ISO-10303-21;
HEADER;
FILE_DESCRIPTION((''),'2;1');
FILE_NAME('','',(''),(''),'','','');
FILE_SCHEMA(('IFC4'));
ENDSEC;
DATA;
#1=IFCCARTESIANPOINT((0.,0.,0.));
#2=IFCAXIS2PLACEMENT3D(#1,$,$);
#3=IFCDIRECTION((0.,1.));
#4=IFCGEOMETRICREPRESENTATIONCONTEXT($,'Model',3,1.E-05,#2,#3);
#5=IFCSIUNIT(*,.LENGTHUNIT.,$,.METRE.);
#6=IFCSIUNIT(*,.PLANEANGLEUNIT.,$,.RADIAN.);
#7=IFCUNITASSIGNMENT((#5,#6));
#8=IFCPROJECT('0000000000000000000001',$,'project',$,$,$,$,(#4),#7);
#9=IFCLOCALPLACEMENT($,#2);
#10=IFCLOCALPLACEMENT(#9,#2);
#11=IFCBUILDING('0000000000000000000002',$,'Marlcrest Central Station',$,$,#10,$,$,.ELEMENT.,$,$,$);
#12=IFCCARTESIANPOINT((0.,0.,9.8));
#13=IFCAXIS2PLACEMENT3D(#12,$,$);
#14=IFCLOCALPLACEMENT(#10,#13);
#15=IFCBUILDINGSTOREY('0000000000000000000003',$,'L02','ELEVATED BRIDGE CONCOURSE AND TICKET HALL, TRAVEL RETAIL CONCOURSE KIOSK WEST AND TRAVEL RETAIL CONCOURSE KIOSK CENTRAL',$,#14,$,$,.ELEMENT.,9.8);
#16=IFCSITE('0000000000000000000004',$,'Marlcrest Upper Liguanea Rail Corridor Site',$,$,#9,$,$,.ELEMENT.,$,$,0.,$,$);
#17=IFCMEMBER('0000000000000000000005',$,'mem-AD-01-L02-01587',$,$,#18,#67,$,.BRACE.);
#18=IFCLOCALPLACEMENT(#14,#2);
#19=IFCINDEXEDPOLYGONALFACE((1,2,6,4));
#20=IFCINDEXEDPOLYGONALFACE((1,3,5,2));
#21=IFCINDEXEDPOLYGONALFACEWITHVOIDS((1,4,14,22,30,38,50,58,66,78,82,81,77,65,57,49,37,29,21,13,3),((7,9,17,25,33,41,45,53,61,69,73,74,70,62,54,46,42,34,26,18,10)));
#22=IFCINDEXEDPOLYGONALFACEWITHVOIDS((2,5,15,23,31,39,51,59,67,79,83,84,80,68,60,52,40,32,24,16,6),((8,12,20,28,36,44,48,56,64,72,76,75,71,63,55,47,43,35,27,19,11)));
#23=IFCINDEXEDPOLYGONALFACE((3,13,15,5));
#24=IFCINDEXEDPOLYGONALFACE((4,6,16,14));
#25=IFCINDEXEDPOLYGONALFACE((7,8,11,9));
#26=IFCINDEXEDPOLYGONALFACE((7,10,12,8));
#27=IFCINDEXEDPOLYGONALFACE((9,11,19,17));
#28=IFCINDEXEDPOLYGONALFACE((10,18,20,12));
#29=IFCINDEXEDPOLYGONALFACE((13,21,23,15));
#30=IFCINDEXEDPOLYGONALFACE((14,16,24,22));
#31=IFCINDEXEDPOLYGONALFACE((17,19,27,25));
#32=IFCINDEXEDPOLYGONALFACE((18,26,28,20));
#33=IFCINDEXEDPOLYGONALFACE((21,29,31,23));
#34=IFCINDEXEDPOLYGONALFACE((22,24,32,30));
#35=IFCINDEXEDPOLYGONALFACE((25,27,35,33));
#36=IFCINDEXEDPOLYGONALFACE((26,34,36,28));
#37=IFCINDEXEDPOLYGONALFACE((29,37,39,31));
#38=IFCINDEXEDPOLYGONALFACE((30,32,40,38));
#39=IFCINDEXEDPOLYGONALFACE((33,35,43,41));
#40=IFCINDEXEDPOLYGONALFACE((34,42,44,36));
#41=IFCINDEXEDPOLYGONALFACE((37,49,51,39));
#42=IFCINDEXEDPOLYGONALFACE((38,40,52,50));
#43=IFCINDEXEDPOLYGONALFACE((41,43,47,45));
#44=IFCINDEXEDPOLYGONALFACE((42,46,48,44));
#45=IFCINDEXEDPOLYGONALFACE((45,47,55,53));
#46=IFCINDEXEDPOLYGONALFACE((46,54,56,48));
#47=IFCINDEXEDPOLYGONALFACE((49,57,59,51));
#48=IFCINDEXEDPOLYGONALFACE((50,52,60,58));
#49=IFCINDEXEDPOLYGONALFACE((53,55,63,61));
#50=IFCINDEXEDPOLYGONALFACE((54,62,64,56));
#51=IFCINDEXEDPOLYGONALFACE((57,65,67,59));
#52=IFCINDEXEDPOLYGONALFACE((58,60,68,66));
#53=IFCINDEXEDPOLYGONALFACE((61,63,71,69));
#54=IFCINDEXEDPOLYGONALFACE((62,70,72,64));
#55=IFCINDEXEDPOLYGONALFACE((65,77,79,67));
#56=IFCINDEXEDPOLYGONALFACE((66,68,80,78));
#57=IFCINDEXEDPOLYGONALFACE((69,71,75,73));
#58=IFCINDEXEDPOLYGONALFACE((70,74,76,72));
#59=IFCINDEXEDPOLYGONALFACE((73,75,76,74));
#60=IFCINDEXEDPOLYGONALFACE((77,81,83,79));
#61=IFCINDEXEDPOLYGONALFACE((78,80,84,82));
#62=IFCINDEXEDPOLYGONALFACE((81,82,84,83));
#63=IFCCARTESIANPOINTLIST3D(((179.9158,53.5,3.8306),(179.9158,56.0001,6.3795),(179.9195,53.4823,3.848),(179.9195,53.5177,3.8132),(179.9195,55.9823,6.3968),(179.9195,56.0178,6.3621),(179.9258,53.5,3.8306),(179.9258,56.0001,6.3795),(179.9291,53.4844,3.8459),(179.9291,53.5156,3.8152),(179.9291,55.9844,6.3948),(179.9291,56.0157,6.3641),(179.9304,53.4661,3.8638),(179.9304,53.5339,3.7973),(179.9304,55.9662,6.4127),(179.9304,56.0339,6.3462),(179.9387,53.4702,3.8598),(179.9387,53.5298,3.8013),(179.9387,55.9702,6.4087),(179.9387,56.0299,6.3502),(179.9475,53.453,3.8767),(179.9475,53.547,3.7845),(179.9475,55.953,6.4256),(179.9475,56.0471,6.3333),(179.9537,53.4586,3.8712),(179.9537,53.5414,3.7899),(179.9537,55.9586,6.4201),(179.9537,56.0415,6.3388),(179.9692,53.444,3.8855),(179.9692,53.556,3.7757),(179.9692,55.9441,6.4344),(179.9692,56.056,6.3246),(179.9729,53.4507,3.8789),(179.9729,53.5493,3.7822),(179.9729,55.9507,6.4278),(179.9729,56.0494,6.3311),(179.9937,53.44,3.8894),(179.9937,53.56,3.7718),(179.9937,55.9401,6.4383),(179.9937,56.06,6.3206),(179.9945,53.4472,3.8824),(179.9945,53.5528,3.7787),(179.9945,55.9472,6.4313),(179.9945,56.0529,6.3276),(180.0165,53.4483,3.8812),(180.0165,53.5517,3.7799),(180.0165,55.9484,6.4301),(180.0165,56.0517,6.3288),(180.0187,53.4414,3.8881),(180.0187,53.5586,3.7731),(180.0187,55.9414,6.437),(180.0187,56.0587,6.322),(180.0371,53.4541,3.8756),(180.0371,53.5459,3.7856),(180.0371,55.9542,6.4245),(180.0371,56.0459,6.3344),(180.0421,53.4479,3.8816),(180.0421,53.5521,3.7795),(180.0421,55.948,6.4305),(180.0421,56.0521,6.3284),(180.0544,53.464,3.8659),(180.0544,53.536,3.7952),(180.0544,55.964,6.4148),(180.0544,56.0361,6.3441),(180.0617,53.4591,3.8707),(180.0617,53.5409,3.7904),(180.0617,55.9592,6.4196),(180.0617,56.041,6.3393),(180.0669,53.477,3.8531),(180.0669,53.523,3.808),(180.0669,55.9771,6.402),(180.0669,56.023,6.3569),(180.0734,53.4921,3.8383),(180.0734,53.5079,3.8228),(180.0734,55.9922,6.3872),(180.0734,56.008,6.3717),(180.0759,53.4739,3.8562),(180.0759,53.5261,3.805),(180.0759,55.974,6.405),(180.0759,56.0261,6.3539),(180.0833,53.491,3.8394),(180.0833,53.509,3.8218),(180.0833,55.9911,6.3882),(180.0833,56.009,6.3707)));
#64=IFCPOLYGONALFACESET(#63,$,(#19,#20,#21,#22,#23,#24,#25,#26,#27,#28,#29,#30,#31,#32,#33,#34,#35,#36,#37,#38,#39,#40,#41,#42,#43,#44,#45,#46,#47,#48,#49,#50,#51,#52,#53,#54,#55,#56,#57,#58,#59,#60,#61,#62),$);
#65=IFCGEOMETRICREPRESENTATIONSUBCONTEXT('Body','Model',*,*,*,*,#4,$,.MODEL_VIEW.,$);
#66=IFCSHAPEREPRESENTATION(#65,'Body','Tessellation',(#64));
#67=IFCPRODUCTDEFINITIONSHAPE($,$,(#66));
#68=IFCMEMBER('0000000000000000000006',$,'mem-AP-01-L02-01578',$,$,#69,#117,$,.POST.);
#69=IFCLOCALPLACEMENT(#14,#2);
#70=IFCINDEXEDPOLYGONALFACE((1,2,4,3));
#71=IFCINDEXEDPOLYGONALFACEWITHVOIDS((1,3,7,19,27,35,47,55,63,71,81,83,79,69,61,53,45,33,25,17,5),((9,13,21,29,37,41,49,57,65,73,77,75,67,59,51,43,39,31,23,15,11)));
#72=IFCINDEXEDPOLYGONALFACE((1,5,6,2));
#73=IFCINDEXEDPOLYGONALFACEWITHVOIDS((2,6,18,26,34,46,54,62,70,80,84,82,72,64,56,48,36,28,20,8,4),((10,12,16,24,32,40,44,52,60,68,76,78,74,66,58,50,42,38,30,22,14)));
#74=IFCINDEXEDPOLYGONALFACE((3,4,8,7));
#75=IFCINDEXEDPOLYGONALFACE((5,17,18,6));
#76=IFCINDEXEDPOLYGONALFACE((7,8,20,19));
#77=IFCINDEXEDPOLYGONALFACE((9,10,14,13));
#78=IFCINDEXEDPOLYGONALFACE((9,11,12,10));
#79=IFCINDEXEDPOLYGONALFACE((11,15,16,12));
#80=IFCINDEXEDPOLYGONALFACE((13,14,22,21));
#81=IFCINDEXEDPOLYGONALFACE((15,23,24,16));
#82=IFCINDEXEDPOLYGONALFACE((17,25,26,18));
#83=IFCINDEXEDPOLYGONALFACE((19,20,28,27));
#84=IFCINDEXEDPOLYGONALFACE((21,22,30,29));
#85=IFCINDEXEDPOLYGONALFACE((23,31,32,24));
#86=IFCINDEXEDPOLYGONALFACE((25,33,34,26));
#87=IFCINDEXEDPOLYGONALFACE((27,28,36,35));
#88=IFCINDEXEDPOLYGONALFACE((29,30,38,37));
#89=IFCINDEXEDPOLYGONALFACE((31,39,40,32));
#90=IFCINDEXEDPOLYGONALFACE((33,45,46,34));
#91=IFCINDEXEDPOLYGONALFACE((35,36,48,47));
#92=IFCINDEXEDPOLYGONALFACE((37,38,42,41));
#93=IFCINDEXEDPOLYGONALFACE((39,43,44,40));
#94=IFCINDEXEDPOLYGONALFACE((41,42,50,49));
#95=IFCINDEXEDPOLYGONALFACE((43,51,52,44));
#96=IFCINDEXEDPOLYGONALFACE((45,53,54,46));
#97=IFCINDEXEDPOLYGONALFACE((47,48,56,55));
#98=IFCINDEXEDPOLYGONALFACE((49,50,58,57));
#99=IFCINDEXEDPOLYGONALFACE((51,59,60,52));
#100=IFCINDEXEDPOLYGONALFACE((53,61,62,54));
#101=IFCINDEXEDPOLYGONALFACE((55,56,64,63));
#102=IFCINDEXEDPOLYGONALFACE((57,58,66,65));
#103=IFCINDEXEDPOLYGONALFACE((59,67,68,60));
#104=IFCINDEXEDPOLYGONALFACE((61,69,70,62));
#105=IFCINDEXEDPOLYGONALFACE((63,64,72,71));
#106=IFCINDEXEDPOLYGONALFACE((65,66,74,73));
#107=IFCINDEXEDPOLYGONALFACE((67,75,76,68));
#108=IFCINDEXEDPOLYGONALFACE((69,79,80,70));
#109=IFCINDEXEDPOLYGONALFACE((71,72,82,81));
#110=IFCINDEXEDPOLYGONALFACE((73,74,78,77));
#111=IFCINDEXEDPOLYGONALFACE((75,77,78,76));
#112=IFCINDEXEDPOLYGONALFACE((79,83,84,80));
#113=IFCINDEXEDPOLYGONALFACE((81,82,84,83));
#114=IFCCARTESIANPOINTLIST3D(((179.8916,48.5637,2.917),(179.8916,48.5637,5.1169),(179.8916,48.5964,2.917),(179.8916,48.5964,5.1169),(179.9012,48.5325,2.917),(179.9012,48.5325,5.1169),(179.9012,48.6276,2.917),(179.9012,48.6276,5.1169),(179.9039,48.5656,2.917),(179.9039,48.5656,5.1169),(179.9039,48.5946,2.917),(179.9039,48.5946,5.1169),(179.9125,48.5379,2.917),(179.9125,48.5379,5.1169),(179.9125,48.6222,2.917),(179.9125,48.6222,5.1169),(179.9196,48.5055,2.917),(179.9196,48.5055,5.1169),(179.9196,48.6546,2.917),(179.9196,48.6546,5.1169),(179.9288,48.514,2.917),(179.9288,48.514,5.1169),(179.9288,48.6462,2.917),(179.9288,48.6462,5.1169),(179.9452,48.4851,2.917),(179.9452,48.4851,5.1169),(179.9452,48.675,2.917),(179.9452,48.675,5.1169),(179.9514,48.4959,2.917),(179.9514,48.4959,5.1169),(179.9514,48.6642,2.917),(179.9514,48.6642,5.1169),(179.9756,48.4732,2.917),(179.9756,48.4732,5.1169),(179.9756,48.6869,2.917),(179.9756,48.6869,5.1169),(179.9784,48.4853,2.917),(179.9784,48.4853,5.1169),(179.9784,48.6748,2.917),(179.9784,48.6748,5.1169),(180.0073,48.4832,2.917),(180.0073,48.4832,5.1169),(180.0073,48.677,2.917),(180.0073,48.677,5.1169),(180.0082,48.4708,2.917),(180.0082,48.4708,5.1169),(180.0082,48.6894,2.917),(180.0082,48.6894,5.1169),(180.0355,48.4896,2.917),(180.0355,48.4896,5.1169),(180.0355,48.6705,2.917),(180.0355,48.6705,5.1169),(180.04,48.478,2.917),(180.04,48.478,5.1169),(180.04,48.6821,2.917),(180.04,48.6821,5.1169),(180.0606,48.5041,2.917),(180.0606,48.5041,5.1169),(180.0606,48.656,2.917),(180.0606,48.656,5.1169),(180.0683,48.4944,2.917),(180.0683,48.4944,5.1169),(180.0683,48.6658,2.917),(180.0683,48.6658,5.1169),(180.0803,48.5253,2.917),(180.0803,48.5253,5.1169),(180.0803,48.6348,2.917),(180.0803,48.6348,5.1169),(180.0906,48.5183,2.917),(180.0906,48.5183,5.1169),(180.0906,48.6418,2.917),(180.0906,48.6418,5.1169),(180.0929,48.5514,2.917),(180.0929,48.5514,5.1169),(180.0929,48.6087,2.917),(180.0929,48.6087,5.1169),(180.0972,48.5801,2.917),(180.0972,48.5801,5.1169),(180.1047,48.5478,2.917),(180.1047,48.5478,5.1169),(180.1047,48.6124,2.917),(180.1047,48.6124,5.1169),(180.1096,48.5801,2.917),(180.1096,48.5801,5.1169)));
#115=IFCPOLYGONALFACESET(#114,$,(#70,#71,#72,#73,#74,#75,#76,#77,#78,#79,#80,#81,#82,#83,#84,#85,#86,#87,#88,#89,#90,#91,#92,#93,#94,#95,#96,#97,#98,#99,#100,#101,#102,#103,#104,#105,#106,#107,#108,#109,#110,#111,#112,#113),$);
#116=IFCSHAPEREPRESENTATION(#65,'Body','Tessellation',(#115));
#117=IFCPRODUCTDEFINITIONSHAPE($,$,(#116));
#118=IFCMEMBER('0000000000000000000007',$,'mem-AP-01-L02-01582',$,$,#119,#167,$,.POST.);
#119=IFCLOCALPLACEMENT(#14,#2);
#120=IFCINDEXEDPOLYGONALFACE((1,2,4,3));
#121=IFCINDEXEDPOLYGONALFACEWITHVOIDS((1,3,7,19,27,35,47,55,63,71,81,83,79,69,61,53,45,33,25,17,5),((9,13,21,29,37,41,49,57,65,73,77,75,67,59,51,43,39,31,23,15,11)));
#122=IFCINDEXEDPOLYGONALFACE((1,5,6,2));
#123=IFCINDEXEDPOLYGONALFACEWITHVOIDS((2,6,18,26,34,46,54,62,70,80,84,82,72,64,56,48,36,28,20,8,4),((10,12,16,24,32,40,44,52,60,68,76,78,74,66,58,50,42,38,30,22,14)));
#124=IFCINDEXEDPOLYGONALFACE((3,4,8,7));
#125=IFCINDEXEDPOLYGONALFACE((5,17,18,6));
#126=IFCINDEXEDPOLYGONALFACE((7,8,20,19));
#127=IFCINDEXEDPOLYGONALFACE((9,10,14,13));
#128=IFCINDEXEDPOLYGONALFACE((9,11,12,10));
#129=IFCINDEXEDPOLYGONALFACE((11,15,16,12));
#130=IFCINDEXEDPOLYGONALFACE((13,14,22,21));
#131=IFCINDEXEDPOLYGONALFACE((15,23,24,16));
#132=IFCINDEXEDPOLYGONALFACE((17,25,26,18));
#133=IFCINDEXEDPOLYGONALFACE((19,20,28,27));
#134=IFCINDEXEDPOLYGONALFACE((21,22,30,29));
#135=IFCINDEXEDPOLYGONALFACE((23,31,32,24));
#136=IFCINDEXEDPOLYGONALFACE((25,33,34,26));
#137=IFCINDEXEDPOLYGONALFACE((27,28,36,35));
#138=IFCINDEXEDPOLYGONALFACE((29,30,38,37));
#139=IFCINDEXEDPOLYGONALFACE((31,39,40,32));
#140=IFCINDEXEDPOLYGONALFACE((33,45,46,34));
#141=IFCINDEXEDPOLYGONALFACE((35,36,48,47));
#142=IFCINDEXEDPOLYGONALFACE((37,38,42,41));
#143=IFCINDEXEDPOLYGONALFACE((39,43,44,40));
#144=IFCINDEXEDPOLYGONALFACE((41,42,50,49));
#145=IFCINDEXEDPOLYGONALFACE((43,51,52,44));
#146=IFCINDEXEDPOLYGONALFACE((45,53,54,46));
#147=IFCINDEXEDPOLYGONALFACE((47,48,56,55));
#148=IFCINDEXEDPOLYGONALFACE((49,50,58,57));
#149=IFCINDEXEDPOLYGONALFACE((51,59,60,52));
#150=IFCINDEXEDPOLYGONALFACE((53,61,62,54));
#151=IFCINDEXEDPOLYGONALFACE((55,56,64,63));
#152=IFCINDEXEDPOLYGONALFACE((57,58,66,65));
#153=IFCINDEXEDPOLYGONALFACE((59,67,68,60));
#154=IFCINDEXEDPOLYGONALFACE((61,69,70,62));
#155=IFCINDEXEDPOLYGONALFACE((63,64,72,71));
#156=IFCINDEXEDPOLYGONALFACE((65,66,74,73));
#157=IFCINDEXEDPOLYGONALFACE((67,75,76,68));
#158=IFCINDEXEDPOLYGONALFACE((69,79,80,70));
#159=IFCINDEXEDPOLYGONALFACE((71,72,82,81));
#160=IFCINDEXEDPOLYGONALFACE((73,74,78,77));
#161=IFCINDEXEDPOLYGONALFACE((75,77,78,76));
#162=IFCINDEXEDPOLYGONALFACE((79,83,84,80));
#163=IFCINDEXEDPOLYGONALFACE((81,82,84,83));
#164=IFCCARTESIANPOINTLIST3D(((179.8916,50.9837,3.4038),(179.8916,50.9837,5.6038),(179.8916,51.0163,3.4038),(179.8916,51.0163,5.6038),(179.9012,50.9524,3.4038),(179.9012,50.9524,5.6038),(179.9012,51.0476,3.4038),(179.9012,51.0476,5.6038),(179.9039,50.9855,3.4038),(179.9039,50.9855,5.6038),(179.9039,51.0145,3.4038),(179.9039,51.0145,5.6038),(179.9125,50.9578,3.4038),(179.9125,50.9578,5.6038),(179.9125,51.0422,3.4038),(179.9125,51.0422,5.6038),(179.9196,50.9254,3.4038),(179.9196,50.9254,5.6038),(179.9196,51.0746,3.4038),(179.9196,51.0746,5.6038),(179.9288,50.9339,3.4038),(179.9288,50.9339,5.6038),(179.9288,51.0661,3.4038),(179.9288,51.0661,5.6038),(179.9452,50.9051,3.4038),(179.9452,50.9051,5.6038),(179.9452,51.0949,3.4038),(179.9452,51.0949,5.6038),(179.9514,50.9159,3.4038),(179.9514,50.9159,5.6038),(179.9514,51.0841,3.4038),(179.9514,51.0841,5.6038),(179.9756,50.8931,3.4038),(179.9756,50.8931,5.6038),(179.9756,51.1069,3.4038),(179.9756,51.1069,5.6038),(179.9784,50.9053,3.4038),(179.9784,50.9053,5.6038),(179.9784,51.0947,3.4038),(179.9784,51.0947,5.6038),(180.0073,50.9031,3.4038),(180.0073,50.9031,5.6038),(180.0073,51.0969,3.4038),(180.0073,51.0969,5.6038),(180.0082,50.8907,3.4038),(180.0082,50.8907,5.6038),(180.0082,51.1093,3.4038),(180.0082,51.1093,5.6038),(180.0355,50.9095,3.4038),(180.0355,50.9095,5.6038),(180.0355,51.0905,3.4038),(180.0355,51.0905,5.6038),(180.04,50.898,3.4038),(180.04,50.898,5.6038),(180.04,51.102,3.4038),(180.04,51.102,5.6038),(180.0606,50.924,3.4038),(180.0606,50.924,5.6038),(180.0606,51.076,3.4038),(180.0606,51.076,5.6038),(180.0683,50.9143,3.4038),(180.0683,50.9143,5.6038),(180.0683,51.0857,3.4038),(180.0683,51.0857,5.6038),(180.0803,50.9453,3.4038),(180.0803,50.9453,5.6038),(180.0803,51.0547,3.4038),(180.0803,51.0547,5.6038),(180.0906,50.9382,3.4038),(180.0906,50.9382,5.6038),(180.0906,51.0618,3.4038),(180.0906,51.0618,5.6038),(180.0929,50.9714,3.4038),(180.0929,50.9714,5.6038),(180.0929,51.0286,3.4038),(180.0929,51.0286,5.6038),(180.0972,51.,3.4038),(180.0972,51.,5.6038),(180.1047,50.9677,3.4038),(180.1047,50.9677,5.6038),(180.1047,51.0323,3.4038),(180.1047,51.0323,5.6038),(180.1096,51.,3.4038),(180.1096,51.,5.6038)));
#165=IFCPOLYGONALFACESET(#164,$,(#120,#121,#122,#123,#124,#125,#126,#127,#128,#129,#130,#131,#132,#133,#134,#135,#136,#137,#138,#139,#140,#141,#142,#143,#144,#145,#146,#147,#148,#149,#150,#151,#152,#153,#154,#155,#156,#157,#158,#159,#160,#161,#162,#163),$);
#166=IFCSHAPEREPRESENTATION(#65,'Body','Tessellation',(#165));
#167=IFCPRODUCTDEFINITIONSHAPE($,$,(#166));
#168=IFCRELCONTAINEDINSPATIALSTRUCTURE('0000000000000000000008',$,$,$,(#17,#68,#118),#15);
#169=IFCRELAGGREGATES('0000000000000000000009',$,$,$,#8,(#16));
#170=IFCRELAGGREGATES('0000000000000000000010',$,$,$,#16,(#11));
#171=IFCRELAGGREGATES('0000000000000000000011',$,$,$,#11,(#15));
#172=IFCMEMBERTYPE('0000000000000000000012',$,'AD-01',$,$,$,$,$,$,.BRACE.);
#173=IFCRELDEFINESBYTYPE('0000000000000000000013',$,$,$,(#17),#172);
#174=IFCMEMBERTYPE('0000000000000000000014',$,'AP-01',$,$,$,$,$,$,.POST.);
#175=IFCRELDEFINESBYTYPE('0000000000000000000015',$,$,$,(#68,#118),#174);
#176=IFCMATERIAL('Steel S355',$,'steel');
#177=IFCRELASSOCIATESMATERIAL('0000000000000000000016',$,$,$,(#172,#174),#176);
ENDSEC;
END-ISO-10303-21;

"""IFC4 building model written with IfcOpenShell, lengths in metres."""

from ifc_helpers import new_model, si_unit, direction, frame, origin, origin_2d, place, context, subcontext, project, spatial, hollow_circle, extrude, material, material_profile, profile_set, type_object, element, save


model = new_model("IFC4")

# Units and contexts
model_context = context("Model", 3, precision=1e-05, world=origin(), true_north=direction((0.0, 1.0)))
body_context = subcontext(model_context, "Body", "Model", "MODEL_VIEW")
ifc_project = project(units=[si_unit("LENGTHUNIT", "METRE"), si_unit("PLANEANGLEUNIT", "RADIAN")], contexts=[model_context])

# Site, building, storey
site_placement = place(None, origin())
site = spatial("IfcSite", under=ifc_project, at=site_placement, Name="Marlcrest Upper Liguanea Rail Corridor Site", CompositionType="ELEMENT", RefElevation=0.0)
building_placement = place(site_placement, origin())
building = spatial("IfcBuilding", under=site, at=building_placement, Name="Marlcrest Central Station", CompositionType="ELEMENT")
storey_placement = place(building_placement, frame((0.0, 0.0, 9.8)))
storey = spatial("IfcBuildingStorey", under=building, at=storey_placement, Name="L02", Description="ELEVATED BRIDGE CONCOURSE AND TICKET HALL, TRAVEL RETAIL CONCOURSE KIOSK WEST AND TRAVEL RETAIL CONCOURSE KIOSK CENTRAL", CompositionType="ELEMENT", Elevation=9.8)

# Members
ifc_material = material(Name="Steel S355", Category="steel")
ifc_material_profile_1 = material_profile(ifc_material, hollow_circle(Radius=0.0842, WallThickness=0.01, at=origin_2d()), Name="CHS 168.3x10")
ifc_profile_set_1 = profile_set([ifc_material_profile_1], Name="Steel S355")
member_type_1 = type_object("IfcMemberType", Name="AD-01", PredefinedType="BRACE", material=ifc_profile_set_1)
member_1_placement = place(storey_placement, frame((180.0, 53.5, 3.8306), z_axis=(0.0, 0.700235, 0.713912), x_axis=(-1.0, 0.0, 0.0)))
element("IfcMember", 1, at=member_1_placement, inside=storey, type_object=member_type_1, Name="mem-AD-01-L02-01587", PredefinedType="BRACE", context=body_context, shape_type="SweptSolid", body=[
    extrude(hollow_circle(Radius=0.0842, WallThickness=0.01, at=origin_2d()), origin(), (0.0, 0.0, 1.0), 3.5703),
])
ifc_material_profile_2 = material_profile(ifc_material, hollow_circle(Radius=0.1096, WallThickness=0.0125, at=origin_2d()), Name="CHS 219.1x12.5")
ifc_profile_set_2 = profile_set([ifc_material_profile_2], Name="Steel S355")
member_type_2 = type_object("IfcMemberType", Name="AP-01", PredefinedType="POST", material=ifc_profile_set_2)
for number, where, z_axis, x_axis, name in (
    (2, (180.0, 48.5801, 2.917), (0.0, 0.0, 1.0), (1.0, 0.0, 0.0), "mem-AP-01-L02-01578"),
    (3, (180.0, 51.0, 3.4038), (0.0, 0.0, 1.0), (1.0, 0.0, 0.0), "mem-AP-01-L02-01582"),
):
    element("IfcMember", number, at=place(storey_placement, frame(where, z_axis=z_axis, x_axis=x_axis)), inside=storey, type_object=member_type_2, Name=name, PredefinedType="POST", context=body_context, shape_type="SweptSolid", body=[
        extrude(hollow_circle(Radius=0.1096, WallThickness=0.0125, at=origin_2d()), origin(), (0.0, 0.0, 1.0), 2.2),
    ])

save(model, "model.ifc")
